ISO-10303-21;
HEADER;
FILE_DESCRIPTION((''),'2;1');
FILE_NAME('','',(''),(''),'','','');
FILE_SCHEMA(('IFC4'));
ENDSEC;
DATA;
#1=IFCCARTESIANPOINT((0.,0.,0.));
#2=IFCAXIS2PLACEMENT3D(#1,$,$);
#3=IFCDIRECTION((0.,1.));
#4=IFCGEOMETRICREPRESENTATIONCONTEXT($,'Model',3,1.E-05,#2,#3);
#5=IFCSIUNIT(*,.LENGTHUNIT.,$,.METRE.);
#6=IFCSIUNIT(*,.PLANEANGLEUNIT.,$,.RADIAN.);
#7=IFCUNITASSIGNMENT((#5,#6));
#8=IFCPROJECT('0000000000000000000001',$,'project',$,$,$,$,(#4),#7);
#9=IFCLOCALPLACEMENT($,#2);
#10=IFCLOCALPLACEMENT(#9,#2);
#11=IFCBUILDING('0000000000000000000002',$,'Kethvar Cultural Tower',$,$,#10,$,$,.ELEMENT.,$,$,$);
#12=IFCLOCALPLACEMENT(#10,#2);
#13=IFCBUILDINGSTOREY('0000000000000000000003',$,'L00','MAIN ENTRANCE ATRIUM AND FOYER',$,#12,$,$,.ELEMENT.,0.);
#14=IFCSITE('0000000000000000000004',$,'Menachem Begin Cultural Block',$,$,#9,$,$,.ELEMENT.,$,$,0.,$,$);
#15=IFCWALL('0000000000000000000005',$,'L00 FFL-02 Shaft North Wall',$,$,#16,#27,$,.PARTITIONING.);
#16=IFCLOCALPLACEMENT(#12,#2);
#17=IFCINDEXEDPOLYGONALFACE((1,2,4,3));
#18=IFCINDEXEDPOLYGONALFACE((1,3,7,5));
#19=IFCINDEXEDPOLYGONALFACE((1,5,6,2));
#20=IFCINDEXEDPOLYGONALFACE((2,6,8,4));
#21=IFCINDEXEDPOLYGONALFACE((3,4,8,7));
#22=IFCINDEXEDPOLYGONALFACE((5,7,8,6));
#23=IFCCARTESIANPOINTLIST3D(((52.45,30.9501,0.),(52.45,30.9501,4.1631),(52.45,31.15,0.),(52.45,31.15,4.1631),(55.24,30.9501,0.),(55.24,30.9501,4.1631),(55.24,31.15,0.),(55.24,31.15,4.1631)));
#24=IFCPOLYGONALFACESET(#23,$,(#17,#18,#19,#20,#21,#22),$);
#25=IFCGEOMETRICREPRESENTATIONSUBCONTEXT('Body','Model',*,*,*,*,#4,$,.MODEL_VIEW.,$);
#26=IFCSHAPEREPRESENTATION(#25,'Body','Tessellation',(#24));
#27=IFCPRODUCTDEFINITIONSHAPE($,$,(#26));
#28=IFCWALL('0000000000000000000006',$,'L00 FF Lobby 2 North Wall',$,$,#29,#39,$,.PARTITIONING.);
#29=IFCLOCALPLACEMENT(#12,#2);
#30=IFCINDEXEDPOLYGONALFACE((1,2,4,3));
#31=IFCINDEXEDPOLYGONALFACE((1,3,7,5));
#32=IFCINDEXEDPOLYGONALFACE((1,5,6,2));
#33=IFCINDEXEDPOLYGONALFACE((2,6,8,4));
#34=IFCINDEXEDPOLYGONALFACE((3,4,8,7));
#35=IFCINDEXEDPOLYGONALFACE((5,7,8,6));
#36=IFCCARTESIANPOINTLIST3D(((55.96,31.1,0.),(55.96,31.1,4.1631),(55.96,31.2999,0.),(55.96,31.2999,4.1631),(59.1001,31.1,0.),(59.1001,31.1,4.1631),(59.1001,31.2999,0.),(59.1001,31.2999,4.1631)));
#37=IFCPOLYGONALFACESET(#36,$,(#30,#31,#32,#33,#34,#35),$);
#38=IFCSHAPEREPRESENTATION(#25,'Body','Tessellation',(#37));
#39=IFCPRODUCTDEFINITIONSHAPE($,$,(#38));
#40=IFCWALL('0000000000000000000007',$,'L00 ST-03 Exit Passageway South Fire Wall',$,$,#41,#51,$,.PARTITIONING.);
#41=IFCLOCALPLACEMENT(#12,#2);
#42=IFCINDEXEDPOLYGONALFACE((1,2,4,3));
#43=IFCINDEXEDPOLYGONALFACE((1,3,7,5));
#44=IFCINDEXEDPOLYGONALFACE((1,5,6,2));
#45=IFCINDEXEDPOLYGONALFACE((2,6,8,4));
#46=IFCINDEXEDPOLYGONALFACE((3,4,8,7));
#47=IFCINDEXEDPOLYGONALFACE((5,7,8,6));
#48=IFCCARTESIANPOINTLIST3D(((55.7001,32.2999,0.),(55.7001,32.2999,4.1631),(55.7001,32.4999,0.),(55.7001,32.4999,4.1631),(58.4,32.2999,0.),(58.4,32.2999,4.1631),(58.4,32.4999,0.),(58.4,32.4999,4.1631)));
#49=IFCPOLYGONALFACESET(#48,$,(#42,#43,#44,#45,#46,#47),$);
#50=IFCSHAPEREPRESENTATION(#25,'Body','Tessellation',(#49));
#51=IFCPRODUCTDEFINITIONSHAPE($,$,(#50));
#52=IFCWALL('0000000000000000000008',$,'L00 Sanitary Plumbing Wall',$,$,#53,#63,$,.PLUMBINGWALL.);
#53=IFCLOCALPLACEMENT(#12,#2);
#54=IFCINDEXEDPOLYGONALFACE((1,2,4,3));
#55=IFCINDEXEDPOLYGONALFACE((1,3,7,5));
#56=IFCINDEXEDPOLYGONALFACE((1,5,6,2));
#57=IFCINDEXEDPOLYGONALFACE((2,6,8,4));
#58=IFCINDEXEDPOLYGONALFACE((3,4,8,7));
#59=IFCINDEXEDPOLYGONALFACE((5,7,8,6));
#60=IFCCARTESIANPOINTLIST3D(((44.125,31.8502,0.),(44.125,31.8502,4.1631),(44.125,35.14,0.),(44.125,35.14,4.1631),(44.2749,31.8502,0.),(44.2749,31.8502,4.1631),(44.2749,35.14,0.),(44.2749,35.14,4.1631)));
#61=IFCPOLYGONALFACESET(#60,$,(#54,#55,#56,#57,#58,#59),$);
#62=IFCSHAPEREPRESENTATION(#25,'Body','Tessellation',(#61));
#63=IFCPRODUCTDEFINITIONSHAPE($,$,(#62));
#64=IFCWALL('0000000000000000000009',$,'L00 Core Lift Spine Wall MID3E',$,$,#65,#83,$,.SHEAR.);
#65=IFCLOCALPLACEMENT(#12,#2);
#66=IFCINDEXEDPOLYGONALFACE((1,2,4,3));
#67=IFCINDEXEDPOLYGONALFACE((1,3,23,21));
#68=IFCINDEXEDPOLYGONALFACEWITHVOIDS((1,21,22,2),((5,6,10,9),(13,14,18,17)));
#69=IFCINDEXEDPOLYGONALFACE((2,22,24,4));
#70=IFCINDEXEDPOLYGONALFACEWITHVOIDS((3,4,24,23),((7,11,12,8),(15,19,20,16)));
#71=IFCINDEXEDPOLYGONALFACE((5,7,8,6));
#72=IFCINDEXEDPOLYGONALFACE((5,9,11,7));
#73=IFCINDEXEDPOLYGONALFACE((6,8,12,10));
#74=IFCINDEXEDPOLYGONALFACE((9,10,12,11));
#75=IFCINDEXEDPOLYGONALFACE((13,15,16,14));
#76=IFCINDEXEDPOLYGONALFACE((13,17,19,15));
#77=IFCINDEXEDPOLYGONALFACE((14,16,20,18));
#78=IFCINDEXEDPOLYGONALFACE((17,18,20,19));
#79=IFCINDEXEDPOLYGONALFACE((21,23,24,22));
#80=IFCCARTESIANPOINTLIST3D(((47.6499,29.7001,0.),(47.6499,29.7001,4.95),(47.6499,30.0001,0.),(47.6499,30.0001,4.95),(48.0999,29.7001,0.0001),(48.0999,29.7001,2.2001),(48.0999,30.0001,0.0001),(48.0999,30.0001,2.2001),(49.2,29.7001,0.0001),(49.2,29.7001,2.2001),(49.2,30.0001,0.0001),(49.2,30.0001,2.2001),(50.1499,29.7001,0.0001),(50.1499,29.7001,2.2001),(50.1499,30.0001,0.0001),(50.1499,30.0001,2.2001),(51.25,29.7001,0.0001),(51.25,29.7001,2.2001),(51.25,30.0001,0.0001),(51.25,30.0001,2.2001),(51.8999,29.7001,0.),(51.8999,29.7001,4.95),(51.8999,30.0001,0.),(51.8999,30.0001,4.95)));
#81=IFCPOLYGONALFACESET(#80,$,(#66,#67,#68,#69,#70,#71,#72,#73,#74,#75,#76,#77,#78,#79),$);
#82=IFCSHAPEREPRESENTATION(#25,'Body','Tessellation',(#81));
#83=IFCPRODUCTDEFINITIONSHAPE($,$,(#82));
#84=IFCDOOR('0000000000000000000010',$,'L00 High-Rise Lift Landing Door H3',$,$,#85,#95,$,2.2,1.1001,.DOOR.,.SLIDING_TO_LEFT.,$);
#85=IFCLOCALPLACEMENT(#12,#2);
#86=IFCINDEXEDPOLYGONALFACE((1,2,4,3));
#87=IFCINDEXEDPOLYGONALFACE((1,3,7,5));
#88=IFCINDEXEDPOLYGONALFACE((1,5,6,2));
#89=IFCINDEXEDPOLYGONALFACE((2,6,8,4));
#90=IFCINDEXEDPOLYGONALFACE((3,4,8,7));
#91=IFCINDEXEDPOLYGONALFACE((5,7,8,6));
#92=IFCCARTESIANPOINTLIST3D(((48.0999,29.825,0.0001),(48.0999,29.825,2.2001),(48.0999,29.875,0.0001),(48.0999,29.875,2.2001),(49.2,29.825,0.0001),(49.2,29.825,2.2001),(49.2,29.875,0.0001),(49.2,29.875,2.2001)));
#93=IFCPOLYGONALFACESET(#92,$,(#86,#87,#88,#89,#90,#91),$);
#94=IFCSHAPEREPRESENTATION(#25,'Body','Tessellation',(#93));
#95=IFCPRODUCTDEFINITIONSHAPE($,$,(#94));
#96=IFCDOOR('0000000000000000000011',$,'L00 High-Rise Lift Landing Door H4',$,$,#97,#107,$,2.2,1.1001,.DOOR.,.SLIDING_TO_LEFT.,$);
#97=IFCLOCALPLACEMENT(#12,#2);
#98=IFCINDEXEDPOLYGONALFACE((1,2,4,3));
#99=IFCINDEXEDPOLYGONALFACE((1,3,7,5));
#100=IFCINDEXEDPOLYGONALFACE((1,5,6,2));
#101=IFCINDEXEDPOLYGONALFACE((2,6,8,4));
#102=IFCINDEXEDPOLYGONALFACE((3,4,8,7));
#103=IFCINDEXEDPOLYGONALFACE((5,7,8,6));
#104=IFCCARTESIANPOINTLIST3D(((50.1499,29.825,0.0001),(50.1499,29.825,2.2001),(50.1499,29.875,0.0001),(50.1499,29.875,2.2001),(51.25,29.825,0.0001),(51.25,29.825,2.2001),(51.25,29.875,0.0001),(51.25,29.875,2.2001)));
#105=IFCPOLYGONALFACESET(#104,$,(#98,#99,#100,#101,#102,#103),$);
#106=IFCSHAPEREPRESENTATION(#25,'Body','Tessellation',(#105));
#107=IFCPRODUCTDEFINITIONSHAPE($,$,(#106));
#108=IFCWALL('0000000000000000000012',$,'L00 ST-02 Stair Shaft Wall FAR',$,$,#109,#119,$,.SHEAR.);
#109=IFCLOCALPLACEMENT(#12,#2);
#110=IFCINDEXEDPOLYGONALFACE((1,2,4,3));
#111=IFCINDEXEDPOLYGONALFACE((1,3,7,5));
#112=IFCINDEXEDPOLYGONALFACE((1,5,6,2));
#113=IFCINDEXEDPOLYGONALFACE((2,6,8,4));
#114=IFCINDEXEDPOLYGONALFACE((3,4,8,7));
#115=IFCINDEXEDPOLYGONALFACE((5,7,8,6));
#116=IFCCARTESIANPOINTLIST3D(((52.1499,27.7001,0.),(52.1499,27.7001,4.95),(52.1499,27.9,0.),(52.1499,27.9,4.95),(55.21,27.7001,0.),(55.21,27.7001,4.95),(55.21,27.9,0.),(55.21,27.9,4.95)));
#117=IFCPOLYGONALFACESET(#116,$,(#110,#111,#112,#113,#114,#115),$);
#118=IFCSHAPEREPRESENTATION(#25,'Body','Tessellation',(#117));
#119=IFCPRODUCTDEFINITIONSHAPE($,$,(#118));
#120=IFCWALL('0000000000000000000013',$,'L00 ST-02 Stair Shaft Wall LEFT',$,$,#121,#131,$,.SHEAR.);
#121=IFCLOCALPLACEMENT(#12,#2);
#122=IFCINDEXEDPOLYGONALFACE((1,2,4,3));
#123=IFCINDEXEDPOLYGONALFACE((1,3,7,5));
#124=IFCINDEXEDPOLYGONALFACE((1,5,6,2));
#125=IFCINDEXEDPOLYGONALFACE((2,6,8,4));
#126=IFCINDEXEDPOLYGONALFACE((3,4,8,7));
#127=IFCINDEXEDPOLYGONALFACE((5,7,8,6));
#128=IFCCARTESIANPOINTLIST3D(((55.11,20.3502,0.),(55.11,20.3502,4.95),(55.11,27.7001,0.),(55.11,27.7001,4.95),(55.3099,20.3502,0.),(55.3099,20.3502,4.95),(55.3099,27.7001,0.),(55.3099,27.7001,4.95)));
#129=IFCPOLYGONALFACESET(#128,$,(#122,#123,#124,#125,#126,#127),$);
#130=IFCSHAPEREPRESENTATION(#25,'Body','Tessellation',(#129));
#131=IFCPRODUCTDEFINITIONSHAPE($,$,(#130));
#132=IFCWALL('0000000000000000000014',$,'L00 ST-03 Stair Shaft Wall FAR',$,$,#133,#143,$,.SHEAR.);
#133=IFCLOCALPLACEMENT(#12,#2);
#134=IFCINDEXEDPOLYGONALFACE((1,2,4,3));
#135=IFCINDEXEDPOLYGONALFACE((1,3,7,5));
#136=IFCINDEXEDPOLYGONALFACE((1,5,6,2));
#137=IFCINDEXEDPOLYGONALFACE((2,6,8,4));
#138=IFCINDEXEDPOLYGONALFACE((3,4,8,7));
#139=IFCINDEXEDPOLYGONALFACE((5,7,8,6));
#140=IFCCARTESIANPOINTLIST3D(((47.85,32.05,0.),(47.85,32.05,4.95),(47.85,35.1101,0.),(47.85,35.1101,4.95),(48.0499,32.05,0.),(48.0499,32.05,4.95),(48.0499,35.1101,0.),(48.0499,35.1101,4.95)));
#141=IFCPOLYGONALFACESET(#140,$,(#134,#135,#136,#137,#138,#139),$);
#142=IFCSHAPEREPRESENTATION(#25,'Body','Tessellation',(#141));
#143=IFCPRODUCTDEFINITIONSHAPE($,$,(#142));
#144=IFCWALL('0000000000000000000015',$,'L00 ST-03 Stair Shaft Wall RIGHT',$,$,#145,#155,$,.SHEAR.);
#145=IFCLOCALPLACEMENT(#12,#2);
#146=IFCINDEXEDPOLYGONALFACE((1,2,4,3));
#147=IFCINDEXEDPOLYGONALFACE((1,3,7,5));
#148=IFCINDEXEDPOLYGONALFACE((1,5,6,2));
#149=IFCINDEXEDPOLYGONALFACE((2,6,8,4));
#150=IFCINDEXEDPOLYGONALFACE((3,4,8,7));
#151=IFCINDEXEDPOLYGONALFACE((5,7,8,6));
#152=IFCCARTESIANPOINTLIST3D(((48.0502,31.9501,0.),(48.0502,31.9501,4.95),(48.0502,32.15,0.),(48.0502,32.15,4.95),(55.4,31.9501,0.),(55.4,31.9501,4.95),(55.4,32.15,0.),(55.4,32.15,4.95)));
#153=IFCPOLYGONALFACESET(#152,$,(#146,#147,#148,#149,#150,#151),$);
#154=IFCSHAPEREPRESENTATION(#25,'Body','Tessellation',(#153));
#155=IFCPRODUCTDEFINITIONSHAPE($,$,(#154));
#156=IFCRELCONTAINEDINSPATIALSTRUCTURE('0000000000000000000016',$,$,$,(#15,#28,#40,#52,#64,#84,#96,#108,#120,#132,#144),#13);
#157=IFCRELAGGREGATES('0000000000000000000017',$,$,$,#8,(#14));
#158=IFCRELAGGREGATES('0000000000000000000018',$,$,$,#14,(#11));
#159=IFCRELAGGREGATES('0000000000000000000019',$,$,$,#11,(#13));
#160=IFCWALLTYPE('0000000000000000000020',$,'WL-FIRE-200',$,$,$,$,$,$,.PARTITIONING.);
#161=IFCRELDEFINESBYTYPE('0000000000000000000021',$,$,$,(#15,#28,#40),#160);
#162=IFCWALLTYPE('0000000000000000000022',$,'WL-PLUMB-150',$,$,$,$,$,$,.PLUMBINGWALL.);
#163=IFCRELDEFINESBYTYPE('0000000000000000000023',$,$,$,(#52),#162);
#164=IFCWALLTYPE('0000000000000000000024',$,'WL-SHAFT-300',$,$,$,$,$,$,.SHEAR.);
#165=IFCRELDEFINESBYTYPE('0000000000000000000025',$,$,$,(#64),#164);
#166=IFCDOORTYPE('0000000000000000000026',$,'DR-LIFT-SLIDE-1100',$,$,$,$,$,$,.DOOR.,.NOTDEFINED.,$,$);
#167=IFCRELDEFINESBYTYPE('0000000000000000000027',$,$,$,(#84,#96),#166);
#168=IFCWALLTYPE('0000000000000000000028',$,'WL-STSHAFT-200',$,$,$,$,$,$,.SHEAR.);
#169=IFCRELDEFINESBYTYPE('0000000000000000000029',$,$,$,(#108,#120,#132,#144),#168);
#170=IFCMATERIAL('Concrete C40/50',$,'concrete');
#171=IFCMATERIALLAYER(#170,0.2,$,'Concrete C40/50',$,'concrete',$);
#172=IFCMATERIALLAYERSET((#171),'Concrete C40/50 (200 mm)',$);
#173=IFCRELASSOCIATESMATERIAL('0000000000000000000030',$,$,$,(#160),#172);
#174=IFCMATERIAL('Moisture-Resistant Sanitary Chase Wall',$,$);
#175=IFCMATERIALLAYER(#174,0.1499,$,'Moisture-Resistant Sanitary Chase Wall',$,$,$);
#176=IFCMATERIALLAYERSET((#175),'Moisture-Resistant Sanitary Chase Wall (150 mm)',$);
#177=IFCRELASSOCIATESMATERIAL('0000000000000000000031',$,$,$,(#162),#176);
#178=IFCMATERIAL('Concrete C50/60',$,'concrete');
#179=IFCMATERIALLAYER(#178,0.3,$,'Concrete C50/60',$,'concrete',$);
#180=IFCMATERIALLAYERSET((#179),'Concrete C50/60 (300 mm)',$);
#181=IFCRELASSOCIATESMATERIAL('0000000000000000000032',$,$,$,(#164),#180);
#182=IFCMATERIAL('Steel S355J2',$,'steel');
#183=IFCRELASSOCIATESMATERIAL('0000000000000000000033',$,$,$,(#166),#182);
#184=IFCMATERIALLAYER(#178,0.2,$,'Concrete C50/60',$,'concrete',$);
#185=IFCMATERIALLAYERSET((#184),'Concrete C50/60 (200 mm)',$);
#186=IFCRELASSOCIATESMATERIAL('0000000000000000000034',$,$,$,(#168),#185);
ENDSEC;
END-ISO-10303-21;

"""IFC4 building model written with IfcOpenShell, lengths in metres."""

from ifc_helpers import new_model, si_unit, direction, frame, frame_2d, origin, place, context, subcontext, project, spatial, rectangle, extrude, source, transform, mapped, material, layer, layer_set, type_object, element, fill, save


model = new_model("IFC4")

# Units and contexts
model_context = context("Model", 3, precision=1e-05, world=origin(), true_north=direction((0.0, 1.0)))
body_context = subcontext(model_context, "Body", "Model", "MODEL_VIEW")
ifc_project = project(units=[si_unit("LENGTHUNIT", "METRE"), si_unit("PLANEANGLEUNIT", "RADIAN")], contexts=[model_context])

# Site, building, storey
site_placement = place(None, origin())
site = spatial("IfcSite", under=ifc_project, at=site_placement, Name="Menachem Begin Cultural Block", CompositionType="ELEMENT", RefElevation=0.0)
building_placement = place(site_placement, origin())
building = spatial("IfcBuilding", under=site, at=building_placement, Name="Kethvar Cultural Tower", CompositionType="ELEMENT")
storey_placement = place(building_placement, origin())
storey = spatial("IfcBuildingStorey", under=building, at=storey_placement, Name="L00", Description="MAIN ENTRANCE ATRIUM AND FOYER", CompositionType="ELEMENT", Elevation=0.0)

# Shared definitions
ifc_material_1 = material(Name="Steel S355J2", Category="steel")

# Walls
ifc_material_2 = material(Name="Concrete C40/50", Category="concrete")
ifc_layer_1 = layer(ifc_material_2, 0.2, Name="Concrete C40/50", Category="concrete")
ifc_layer_set_1 = layer_set([ifc_layer_1], Name="Concrete C40/50 (200 mm)")
wall_type_1 = type_object("IfcWallType", Name="WL-FIRE-200", PredefinedType="PARTITIONING", material=ifc_layer_set_1)
for number, where, z_axis, x_axis, name in (
    (1, (52.45, 31.05, 0.0), (0.0, 0.0, 1.0), (1.0, 0.0, 0.0), "L00 FFL-02 Shaft North Wall"),
):
    element("IfcWall", number, at=place(storey_placement, frame(where, z_axis=z_axis, x_axis=x_axis)), inside=storey, type_object=wall_type_1, Name=name, PredefinedType="PARTITIONING", context=body_context, shape_type="SweptSolid", body=[
        extrude(rectangle(XDim=2.79, YDim=0.2, at=frame_2d((1.395, 0.0))), origin(), (0.0, 0.0, 1.0), 4.1631),
    ])
wall_1_placement = place(storey_placement, frame((55.96, 31.2, 0.0), z_axis=(0.0, 0.0, 1.0), x_axis=(1.0, 0.0, 0.0)))
element("IfcWall", 2, at=wall_1_placement, inside=storey, type_object=wall_type_1, Name="L00 FF Lobby 2 North Wall", PredefinedType="PARTITIONING", context=body_context, shape_type="SweptSolid", body=[
    extrude(rectangle(XDim=3.1401, YDim=0.2, at=frame_2d((1.5701, 0.0))), origin(), (0.0, 0.0, 1.0), 4.1631),
])
wall_2_placement = place(storey_placement, frame((55.7, 32.3999, 0.0), z_axis=(0.0, 0.0, 1.0), x_axis=(1.0, 0.0, 0.0)))
element("IfcWall", 3, at=wall_2_placement, inside=storey, type_object=wall_type_1, Name="L00 ST-03 Exit Passageway South Fire Wall", PredefinedType="PARTITIONING", context=body_context, shape_type="SweptSolid", body=[
    extrude(rectangle(XDim=2.7, YDim=0.2, at=frame_2d((1.3501, 0.0))), origin(), (0.0, 0.0, 1.0), 4.1631),
])
ifc_material_3 = material(Name="Moisture-Resistant Sanitary Chase Wall")
ifc_layer_2 = layer(ifc_material_3, 0.1499, Name="Moisture-Resistant Sanitary Chase Wall")
ifc_layer_set_2 = layer_set([ifc_layer_2], Name="Moisture-Resistant Sanitary Chase Wall (150 mm)")
wall_type_2 = type_object("IfcWallType", Name="WL-PLUMB-150", PredefinedType="PLUMBINGWALL", material=ifc_layer_set_2)
wall_3_placement = place(storey_placement, frame((44.2, 31.8501, 0.0), z_axis=(0.0, 0.0, 1.0), x_axis=(0.0, 1.0, 0.0)))
element("IfcWall", 4, at=wall_3_placement, inside=storey, type_object=wall_type_2, Name="L00 Sanitary Plumbing Wall", PredefinedType="PLUMBINGWALL", context=body_context, shape_type="SweptSolid", body=[
    extrude(rectangle(XDim=3.2898, YDim=0.1499, at=frame_2d((1.645, 0.0))), origin(), (0.0, 0.0, 1.0), 4.1631),
])

# Wall, openings, doors
ifc_material_4 = material(Name="Concrete C50/60", Category="concrete")
ifc_layer_3 = layer(ifc_material_4, 0.3, Name="Concrete C50/60", Category="concrete")
ifc_layer_set_3 = layer_set([ifc_layer_3], Name="Concrete C50/60 (300 mm)")
wall_type_3 = type_object("IfcWallType", Name="WL-SHAFT-300", PredefinedType="SHEAR", material=ifc_layer_set_3)
wall_4_placement = place(storey_placement, frame((47.6499, 29.8501, 0.0), z_axis=(0.0, 0.0, 1.0), x_axis=(1.0, 0.0, 0.0)))
wall_4 = element("IfcWall", 5, at=wall_4_placement, inside=storey, type_object=wall_type_3, Name="L00 Core Lift Spine Wall MID3E", PredefinedType="SHEAR", context=body_context, shape_type="SweptSolid", body=[
    extrude(rectangle(XDim=4.25, YDim=0.3, at=frame_2d((2.125, 0.0))), origin(), (0.0, 0.0, 1.0), 4.95),
])
opening_1_placement = place(wall_4_placement, frame((0.45, 0.0, 0.0)))
opening_1 = element("IfcOpeningElement", 6, at=opening_1_placement, cuts=wall_4, PredefinedType="OPENING", context=body_context, shape_type="SweptSolid", body=[
    extrude(rectangle(XDim=1.1001, YDim=2.2, at=frame_2d((0.55, 1.1001))), frame((0.0, 0.1599, 0.0), z_axis=(0.0, -1.0, 0.0), x_axis=(1.0, 0.0, 0.0)), (0.0, 0.0, 1.0), 0.3201),
])
opening_2_placement = place(wall_4_placement, frame((2.5, 0.0, 0.0)))
opening_2 = element("IfcOpeningElement", 7, at=opening_2_placement, cuts=wall_4, PredefinedType="OPENING", context=body_context, shape_type="SweptSolid", body=[
    extrude(rectangle(XDim=1.1001, YDim=2.2, at=frame_2d((0.55, 1.1001))), frame((0.0, 0.1599, 0.0), z_axis=(0.0, -1.0, 0.0), x_axis=(1.0, 0.0, 0.0)), (0.0, 0.0, 1.0), 0.3201),
])
door_type = type_object("IfcDoorType", Name="DR-LIFT-SLIDE-1100", OperationType="NOTDEFINED", PredefinedType="DOOR", material=ifc_material_1)
shared_shape_1 = source(origin(), body_context, "Body", "SweptSolid", [
    extrude(rectangle(XDim=1.1001, YDim=2.2, at=frame_2d((0.55, 1.1001))), frame((0.0, 0.0249, 0.0), z_axis=(0.0, -1.0, 0.0), x_axis=(1.0, 0.0, 0.0)), (0.0, 0.0, 1.0), 0.05),
])
door_1_placement = place(opening_1_placement, origin())
door_1 = element("IfcDoor", 8, at=door_1_placement, inside=storey, type_object=door_type, Name="L00 High-Rise Lift Landing Door H3", OperationType="SLIDING_TO_LEFT", OverallHeight=2.2, OverallWidth=1.1001, PredefinedType="DOOR", context=body_context, shape_type="MappedRepresentation", body=[
    mapped(shared_shape_1, transform((0.0, 0.0, 0.0), scale=1.0)),
])
fill(opening_1, door_1)
door_2_placement = place(opening_2_placement, origin())
door_2 = element("IfcDoor", 9, at=door_2_placement, inside=storey, type_object=door_type, Name="L00 High-Rise Lift Landing Door H4", OperationType="SLIDING_TO_LEFT", OverallHeight=2.2, OverallWidth=1.1001, PredefinedType="DOOR", context=body_context, shape_type="MappedRepresentation", body=[
    mapped(shared_shape_1, transform((0.0, 0.0, 0.0), scale=1.0)),
])
fill(opening_2, door_2)

# Walls
ifc_layer_4 = layer(ifc_material_4, 0.2, Name="Concrete C50/60", Category="concrete")
ifc_layer_set_4 = layer_set([ifc_layer_4], Name="Concrete C50/60 (200 mm)")
wall_type_4 = type_object("IfcWallType", Name="WL-STSHAFT-200", PredefinedType="SHEAR", material=ifc_layer_set_4)
wall_5_placement = place(storey_placement, frame((52.1499, 27.8, 0.0), z_axis=(0.0, 0.0, 1.0), x_axis=(1.0, 0.0, 0.0)))
element("IfcWall", 10, at=wall_5_placement, inside=storey, type_object=wall_type_4, Name="L00 ST-02 Stair Shaft Wall FAR", PredefinedType="SHEAR", context=body_context, shape_type="SweptSolid", body=[
    extrude(rectangle(XDim=3.0601, YDim=0.2, at=frame_2d((1.53, 0.0))), origin(), (0.0, 0.0, 1.0), 4.95),
])
wall_6_placement = place(storey_placement, frame((55.21, 27.7, 0.0), z_axis=(0.0, 0.0, 1.0), x_axis=(0.0, -1.0, 0.0)))
element("IfcWall", 11, at=wall_6_placement, inside=storey, type_object=wall_type_4, Name="L00 ST-02 Stair Shaft Wall LEFT", PredefinedType="SHEAR", context=body_context, shape_type="SweptSolid", body=[
    extrude(rectangle(XDim=7.3499, YDim=0.2, at=frame_2d((3.6748, 0.0))), origin(), (0.0, 0.0, 1.0), 4.95),
])
wall_7_placement = place(storey_placement, frame((47.95, 32.05, 0.0), z_axis=(0.0, 0.0, 1.0), x_axis=(0.0, 1.0, 0.0)))
element("IfcWall", 12, at=wall_7_placement, inside=storey, type_object=wall_type_4, Name="L00 ST-03 Stair Shaft Wall FAR", PredefinedType="SHEAR", context=body_context, shape_type="SweptSolid", body=[
    extrude(rectangle(XDim=3.0601, YDim=0.2, at=frame_2d((1.53, 0.0))), origin(), (0.0, 0.0, 1.0), 4.95),
])
wall_8_placement = place(storey_placement, frame((55.3999, 32.05, 0.0), z_axis=(0.0, 0.0, 1.0), x_axis=(-1.0, 0.0, 0.0)))
element("IfcWall", 13, at=wall_8_placement, inside=storey, type_object=wall_type_4, Name="L00 ST-03 Stair Shaft Wall RIGHT", PredefinedType="SHEAR", context=body_context, shape_type="SweptSolid", body=[
    extrude(rectangle(XDim=7.3499, YDim=0.2, at=frame_2d((3.6748, 0.0))), origin(), (0.0, 0.0, 1.0), 4.95),
])

save(model, "model.ifc")
